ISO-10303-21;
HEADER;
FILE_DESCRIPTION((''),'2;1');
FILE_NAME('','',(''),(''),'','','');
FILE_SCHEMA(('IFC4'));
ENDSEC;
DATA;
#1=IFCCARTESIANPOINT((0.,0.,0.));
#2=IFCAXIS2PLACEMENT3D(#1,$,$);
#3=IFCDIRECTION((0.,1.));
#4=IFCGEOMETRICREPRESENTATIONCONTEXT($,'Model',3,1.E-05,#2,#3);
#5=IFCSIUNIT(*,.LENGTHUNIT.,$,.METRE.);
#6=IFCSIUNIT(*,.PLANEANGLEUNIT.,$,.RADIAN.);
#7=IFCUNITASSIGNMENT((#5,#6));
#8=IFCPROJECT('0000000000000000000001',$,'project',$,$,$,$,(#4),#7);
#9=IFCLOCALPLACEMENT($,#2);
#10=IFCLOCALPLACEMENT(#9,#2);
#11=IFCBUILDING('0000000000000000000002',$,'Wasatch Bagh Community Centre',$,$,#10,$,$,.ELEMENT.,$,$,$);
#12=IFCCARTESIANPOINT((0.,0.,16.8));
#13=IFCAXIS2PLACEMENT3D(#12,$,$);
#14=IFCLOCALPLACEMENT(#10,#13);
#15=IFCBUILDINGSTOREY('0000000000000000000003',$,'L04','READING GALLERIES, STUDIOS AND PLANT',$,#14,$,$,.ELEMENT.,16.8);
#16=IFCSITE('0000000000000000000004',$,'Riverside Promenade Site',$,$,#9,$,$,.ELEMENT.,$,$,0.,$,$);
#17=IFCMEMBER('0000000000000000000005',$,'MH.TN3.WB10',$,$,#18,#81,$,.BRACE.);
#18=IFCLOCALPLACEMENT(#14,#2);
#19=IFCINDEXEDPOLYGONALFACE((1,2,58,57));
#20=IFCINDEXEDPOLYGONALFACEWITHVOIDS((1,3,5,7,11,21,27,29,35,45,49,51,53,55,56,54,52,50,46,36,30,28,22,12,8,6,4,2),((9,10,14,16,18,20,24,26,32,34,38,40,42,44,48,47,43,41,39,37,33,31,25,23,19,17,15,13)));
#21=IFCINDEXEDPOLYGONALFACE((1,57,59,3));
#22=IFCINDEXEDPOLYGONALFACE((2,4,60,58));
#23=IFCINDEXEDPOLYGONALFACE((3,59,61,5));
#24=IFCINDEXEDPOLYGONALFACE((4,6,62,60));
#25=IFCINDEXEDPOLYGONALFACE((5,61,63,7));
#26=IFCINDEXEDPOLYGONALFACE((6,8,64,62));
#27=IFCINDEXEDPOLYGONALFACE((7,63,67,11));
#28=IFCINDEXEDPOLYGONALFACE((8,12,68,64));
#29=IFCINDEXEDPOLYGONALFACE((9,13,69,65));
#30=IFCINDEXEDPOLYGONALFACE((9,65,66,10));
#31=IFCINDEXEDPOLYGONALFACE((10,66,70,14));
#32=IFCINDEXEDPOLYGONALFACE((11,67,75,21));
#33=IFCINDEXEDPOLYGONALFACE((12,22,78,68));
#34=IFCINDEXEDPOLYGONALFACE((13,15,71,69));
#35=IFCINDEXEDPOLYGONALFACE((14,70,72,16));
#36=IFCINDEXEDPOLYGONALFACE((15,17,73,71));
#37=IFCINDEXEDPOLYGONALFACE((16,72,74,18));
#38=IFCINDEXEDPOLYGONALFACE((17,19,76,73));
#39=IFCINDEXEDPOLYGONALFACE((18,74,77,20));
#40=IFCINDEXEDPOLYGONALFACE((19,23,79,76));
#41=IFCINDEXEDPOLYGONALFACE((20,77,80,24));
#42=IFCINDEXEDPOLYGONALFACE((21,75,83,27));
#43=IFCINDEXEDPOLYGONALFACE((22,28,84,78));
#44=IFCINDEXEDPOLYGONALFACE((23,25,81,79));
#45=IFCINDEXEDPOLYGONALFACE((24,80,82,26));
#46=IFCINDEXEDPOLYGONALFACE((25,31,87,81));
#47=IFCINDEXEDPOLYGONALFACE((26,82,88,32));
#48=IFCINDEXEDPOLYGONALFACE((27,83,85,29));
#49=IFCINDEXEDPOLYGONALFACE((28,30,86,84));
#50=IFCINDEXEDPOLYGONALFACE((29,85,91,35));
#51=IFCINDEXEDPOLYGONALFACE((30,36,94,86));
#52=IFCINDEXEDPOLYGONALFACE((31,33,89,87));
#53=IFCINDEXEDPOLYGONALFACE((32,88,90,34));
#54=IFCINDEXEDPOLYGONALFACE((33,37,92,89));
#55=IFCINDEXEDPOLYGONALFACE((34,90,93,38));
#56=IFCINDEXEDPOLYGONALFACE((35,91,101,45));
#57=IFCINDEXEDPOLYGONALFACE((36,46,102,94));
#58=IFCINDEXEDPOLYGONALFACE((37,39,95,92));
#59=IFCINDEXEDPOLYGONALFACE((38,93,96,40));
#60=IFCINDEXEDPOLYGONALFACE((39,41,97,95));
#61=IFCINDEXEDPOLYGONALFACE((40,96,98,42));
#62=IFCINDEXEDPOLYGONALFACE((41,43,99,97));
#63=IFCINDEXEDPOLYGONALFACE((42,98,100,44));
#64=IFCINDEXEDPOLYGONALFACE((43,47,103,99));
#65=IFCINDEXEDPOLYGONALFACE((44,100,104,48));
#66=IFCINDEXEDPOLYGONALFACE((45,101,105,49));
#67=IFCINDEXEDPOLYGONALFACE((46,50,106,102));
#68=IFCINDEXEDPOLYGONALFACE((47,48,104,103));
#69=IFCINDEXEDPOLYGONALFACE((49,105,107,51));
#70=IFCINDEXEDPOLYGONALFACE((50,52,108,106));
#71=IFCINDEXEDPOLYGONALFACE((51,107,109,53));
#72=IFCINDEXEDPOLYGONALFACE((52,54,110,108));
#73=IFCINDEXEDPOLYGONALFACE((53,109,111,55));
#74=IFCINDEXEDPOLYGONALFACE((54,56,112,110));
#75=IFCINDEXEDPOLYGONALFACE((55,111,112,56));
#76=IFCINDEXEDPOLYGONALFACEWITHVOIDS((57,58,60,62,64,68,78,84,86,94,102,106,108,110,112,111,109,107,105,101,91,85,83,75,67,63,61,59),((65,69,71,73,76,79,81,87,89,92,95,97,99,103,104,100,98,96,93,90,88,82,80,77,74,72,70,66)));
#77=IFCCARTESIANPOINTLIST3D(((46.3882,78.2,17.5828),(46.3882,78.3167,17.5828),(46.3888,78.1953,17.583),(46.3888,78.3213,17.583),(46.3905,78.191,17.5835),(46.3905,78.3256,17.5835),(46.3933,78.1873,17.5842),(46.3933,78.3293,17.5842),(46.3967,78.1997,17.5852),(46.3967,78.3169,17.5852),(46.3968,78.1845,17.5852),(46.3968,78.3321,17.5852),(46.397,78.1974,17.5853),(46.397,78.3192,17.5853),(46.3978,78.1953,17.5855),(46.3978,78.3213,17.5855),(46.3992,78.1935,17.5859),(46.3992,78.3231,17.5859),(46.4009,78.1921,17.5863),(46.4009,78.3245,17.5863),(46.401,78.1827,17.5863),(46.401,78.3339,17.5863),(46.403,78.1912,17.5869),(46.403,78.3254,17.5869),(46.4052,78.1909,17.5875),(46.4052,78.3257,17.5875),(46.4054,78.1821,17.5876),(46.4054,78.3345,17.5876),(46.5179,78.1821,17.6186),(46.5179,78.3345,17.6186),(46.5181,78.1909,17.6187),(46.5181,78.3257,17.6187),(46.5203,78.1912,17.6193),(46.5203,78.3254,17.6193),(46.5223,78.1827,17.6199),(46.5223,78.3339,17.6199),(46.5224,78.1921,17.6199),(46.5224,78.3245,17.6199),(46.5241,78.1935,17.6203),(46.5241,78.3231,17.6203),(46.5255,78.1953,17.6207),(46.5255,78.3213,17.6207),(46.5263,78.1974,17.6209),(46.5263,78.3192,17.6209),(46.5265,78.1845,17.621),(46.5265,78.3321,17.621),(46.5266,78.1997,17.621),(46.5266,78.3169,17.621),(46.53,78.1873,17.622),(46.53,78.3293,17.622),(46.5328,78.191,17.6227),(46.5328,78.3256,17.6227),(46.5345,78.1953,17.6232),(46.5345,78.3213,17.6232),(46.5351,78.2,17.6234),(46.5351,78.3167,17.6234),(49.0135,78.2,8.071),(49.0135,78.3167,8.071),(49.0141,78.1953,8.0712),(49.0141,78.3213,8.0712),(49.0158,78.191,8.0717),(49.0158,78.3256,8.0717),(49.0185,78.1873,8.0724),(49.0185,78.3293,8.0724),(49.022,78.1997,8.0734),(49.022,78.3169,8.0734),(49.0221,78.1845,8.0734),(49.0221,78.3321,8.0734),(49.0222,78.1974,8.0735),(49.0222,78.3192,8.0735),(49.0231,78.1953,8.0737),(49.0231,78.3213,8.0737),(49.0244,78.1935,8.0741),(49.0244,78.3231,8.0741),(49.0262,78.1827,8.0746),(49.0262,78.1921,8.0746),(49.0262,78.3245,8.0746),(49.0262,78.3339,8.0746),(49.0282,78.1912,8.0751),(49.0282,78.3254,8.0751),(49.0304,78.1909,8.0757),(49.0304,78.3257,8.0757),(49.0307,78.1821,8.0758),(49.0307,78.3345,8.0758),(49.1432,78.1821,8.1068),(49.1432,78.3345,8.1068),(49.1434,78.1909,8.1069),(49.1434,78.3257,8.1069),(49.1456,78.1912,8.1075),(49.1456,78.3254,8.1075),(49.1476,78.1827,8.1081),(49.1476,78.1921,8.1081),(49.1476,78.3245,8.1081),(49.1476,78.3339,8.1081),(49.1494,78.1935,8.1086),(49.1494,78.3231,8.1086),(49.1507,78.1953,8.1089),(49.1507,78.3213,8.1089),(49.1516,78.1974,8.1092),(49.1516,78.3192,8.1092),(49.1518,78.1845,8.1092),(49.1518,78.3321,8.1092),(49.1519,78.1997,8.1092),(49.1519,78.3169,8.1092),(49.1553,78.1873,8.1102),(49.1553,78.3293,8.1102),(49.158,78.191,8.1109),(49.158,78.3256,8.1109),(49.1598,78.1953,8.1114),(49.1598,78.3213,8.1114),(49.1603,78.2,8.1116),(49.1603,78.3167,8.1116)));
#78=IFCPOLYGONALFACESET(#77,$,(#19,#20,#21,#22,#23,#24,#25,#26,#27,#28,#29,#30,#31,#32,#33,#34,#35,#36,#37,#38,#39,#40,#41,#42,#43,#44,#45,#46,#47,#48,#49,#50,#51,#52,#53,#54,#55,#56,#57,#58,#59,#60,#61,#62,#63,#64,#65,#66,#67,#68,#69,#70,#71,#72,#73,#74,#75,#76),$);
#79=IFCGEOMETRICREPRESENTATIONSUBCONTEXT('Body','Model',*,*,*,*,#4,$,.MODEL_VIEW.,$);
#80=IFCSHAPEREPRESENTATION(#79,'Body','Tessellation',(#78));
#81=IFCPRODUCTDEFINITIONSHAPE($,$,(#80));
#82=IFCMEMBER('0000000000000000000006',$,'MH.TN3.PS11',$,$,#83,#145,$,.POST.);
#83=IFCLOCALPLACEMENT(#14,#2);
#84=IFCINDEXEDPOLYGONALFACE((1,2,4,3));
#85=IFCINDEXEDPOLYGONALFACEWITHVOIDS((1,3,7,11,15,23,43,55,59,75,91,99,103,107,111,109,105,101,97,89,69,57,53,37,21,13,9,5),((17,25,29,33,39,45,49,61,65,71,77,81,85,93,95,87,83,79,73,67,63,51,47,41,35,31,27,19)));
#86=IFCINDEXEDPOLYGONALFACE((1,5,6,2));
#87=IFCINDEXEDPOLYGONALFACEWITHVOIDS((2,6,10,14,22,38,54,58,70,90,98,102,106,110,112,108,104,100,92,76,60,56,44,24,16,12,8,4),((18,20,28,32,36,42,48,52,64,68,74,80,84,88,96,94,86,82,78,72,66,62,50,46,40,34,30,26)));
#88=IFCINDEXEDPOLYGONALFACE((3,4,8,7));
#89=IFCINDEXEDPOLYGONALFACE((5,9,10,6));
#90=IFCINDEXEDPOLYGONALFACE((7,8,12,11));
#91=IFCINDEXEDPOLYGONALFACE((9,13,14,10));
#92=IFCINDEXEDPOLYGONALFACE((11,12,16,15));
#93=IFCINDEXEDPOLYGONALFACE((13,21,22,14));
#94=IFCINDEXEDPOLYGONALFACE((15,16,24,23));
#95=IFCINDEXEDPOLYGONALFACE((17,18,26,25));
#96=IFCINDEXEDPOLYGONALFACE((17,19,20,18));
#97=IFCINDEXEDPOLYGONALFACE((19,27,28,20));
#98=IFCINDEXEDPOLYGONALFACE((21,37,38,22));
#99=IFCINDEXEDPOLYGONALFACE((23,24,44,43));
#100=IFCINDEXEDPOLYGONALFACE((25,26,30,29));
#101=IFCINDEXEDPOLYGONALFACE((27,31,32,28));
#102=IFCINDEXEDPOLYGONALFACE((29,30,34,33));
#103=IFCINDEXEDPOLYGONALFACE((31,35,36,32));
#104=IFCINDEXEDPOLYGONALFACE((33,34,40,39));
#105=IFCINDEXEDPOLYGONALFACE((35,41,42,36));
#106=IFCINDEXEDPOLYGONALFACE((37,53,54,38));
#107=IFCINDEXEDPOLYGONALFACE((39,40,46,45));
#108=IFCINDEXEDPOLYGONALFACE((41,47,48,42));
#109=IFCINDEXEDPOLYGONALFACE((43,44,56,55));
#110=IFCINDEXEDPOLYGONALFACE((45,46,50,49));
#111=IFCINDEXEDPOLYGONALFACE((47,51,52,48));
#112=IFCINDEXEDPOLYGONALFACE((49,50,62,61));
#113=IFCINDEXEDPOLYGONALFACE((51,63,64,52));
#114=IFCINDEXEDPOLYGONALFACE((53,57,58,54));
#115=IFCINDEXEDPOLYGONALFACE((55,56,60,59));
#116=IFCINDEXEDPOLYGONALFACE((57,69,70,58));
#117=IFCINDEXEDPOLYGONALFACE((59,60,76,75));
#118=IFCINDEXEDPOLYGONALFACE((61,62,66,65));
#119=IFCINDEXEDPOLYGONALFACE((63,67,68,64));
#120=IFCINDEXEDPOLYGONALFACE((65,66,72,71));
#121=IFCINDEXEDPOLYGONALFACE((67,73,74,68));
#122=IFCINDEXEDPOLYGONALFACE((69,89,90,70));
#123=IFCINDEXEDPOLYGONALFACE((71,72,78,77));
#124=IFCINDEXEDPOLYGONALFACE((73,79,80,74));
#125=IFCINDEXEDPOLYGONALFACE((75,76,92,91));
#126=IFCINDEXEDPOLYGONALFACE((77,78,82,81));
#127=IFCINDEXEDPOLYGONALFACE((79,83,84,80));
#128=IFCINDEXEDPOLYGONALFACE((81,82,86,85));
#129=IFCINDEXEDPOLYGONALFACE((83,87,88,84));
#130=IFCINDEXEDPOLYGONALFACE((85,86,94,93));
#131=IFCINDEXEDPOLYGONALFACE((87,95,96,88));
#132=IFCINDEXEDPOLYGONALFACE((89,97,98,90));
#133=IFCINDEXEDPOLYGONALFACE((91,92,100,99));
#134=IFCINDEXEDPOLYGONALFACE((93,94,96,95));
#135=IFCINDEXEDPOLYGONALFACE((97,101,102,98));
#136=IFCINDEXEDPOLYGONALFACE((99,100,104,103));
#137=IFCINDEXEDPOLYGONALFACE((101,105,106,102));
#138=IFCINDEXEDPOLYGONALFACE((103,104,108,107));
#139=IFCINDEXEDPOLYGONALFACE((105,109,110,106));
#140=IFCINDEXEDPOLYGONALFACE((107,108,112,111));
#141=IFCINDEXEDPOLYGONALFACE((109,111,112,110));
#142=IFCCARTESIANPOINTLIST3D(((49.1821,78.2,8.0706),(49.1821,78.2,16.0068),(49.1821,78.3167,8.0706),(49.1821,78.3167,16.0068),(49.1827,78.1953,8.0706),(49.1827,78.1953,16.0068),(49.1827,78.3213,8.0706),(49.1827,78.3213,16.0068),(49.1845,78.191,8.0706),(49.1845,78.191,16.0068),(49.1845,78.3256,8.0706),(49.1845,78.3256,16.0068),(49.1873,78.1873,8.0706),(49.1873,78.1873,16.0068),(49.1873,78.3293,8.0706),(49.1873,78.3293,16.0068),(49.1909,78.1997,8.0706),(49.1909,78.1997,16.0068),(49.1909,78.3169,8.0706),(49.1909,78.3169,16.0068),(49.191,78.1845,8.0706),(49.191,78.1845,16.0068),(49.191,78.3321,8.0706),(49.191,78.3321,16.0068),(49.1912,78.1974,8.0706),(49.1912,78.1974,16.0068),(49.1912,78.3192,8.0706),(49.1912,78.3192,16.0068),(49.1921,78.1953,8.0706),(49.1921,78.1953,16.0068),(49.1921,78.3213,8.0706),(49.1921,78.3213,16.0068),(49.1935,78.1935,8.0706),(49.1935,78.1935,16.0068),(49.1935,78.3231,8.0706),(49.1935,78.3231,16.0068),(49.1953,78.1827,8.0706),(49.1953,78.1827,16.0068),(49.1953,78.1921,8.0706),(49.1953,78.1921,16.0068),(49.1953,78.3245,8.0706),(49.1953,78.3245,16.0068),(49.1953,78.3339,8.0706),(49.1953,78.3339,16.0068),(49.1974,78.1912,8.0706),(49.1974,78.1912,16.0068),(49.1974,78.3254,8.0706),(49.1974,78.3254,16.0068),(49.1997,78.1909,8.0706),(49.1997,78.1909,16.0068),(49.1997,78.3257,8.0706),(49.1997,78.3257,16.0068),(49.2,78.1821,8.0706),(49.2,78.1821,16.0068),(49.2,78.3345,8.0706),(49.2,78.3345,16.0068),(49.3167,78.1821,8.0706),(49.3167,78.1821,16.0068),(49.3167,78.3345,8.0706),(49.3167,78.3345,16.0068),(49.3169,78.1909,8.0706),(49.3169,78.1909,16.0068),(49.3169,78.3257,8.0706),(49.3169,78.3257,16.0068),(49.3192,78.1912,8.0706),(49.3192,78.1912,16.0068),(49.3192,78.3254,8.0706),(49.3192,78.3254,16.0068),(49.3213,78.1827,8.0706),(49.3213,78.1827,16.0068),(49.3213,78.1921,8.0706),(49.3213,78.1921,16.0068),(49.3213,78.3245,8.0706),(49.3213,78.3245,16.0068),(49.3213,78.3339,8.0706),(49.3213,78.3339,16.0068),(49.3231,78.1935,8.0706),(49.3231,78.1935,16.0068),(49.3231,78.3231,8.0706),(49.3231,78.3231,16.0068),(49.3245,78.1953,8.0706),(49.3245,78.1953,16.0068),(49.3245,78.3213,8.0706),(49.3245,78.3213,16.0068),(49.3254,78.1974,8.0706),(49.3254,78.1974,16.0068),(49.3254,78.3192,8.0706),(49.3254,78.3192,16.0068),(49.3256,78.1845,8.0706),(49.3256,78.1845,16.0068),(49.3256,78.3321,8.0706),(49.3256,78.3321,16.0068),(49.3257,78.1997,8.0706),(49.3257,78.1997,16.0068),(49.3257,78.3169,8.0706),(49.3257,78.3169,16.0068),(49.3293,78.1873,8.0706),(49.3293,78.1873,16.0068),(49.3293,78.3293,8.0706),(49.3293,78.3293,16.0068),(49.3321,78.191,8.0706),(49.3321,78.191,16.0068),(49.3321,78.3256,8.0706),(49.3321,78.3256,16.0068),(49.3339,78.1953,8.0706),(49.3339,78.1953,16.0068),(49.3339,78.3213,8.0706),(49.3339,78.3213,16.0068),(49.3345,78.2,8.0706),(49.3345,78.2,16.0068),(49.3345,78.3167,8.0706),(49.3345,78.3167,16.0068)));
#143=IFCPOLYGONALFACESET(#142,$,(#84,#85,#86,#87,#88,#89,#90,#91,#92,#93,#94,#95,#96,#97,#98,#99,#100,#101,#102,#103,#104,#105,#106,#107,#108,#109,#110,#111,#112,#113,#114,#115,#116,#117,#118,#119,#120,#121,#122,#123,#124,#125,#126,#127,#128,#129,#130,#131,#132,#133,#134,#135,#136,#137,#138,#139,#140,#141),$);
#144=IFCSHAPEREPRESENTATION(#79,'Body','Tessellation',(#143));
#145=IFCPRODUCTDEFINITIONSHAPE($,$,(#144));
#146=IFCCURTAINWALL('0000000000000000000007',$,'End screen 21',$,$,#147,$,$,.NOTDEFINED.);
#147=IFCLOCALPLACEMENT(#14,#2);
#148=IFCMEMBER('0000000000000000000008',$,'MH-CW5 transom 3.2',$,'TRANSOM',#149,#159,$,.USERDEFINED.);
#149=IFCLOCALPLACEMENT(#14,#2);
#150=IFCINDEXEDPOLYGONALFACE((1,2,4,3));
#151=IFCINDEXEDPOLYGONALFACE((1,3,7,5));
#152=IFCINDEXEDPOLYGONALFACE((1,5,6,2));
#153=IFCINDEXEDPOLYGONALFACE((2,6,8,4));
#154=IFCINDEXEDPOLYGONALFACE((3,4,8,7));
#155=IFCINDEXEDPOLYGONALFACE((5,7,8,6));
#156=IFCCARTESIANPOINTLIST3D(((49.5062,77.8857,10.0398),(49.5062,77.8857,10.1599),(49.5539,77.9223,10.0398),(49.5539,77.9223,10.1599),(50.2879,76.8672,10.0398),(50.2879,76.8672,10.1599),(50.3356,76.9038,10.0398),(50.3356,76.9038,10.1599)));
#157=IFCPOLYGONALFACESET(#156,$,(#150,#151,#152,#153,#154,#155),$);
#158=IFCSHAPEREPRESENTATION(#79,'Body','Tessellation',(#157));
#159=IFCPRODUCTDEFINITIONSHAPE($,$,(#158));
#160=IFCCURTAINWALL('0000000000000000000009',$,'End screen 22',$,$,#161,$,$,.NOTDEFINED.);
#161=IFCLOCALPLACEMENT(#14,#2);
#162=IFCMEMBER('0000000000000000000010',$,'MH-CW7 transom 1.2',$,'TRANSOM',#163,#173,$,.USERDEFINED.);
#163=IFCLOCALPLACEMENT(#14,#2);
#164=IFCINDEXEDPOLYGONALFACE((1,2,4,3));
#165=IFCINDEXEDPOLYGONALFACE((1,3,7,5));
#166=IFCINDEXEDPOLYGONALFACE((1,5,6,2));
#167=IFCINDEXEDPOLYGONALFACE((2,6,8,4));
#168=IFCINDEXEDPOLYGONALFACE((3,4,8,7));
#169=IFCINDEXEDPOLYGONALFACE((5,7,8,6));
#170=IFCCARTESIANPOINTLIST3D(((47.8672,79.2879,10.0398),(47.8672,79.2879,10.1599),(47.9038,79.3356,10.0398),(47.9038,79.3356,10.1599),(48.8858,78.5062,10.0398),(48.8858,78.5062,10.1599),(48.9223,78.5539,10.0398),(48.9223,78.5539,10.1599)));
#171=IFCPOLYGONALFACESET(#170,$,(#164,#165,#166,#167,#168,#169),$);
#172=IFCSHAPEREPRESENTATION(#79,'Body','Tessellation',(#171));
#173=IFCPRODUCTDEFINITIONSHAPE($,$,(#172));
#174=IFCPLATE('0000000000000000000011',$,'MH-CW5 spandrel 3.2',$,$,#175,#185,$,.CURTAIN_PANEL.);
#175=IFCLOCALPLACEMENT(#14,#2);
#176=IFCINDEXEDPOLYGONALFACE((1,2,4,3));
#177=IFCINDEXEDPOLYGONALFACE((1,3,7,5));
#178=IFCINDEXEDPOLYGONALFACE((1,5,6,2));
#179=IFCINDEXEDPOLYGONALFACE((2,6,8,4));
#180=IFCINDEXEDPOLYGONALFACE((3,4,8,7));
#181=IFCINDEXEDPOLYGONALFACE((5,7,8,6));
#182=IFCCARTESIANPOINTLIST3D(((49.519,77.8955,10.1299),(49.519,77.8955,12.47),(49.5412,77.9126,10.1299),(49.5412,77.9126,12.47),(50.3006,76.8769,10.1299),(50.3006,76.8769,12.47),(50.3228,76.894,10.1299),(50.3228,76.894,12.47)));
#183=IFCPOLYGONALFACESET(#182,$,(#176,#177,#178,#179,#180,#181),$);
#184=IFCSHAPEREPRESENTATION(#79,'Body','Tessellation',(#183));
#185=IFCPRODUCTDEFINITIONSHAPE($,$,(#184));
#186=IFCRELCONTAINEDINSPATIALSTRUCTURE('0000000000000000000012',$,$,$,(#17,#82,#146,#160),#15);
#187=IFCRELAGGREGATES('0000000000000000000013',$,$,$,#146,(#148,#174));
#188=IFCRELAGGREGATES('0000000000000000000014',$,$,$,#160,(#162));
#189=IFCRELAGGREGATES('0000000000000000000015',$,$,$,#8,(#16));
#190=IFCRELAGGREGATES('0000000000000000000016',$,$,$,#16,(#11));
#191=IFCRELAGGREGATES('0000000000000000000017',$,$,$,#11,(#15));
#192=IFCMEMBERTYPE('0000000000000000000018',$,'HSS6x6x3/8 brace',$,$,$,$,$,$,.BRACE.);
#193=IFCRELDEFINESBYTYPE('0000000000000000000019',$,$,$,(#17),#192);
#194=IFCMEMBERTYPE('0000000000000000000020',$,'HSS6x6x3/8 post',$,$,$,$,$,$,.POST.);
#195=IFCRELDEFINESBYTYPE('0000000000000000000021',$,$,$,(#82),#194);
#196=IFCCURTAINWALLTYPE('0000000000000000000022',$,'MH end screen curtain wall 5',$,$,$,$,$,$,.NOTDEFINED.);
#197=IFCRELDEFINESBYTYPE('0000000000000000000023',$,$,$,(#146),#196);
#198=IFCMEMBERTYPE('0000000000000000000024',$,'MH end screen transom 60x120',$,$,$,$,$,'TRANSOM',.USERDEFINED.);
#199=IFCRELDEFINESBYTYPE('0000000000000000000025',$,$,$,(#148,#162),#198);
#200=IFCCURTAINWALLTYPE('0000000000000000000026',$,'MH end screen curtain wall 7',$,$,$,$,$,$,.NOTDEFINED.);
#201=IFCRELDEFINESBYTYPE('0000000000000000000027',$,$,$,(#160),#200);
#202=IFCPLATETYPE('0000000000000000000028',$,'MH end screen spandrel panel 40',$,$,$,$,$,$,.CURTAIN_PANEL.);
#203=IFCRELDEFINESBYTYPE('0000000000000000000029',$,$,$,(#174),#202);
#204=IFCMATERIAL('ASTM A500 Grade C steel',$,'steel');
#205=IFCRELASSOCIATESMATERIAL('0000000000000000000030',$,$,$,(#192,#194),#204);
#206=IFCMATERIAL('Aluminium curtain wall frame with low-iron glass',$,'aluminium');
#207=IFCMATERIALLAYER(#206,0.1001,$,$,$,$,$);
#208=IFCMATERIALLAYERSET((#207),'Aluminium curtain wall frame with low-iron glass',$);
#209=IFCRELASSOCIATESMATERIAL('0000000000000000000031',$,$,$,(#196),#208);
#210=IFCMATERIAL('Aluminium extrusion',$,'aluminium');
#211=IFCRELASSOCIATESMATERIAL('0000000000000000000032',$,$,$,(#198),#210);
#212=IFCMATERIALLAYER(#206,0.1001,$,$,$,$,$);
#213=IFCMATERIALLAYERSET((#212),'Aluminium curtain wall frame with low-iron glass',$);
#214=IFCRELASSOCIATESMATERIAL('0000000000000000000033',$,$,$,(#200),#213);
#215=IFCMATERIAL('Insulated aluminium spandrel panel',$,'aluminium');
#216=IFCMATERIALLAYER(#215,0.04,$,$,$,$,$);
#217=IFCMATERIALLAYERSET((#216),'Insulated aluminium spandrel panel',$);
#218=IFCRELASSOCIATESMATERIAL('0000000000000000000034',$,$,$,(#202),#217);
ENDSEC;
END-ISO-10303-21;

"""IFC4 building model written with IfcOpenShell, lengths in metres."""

from ifc_helpers import new_model, si_unit, direction, frame, origin, origin_2d, place, context, subcontext, project, spatial, rectangle, hollow_rectangle, extrude, material, layer, layer_set, material_profile, profile_set, type_object, element, aggregate, save


model = new_model("IFC4")

# Units and contexts
model_context = context("Model", 3, precision=1e-05, world=origin(), true_north=direction((0.0, 1.0)))
body_context = subcontext(model_context, "Body", "Model", "MODEL_VIEW")
ifc_project = project(units=[si_unit("LENGTHUNIT", "METRE"), si_unit("PLANEANGLEUNIT", "RADIAN")], contexts=[model_context])

# Site, building, storey
site_placement = place(None, origin())
site = spatial("IfcSite", under=ifc_project, at=site_placement, Name="Riverside Promenade Site", CompositionType="ELEMENT", RefElevation=0.0)
building_placement = place(site_placement, origin())
building = spatial("IfcBuilding", under=site, at=building_placement, Name="Wasatch Bagh Community Centre", CompositionType="ELEMENT")
storey_placement = place(building_placement, frame((0.0, 0.0, 16.8)))
storey = spatial("IfcBuildingStorey", under=building, at=storey_placement, Name="L04", Description="READING GALLERIES, STUDIOS AND PLANT", CompositionType="ELEMENT", Elevation=16.8)

# Members
ifc_material_1 = material(Name="ASTM A500 Grade C steel", Category="steel")
ifc_material_profile_1 = material_profile(ifc_material_1, hollow_rectangle(XDim=0.1523, YDim=0.1523, WallThickness=0.0088, InnerFilletRadius=0.0088, OuterFilletRadius=0.0178, at=origin_2d()), Name="HSS6x6x3/8")
ifc_profile_set_1 = profile_set([ifc_material_profile_1], Name="ASTM A500 Grade C steel")
member_type_1 = type_object("IfcMemberType", Name="HSS6x6x3/8 brace", PredefinedType="BRACE", material=ifc_profile_set_1)
member_1_placement = place(storey_placement, frame((49.0869, 78.2583, 8.0913), z_axis=(-0.266053, 0.0, 0.963958), x_axis=(0.0, -1.0, 0.0)))
element("IfcMember", 1, at=member_1_placement, inside=storey, type_object=member_type_1, Name="MH.TN3.WB10", PredefinedType="BRACE", context=body_context, shape_type="SweptSolid", body=[
    extrude(hollow_rectangle(XDim=0.1523, YDim=0.1523, WallThickness=0.0088, InnerFilletRadius=0.0088, OuterFilletRadius=0.0178, at=origin_2d()), origin(), (0.0, 0.0, 1.0), 9.8674),
])
ifc_material_profile_2 = material_profile(ifc_material_1, hollow_rectangle(XDim=0.1523, YDim=0.1523, WallThickness=0.0088, InnerFilletRadius=0.0088, OuterFilletRadius=0.0178, at=origin_2d()), Name="HSS6x6x3/8")
ifc_profile_set_2 = profile_set([ifc_material_profile_2], Name="ASTM A500 Grade C steel")
member_type_2 = type_object("IfcMemberType", Name="HSS6x6x3/8 post", PredefinedType="POST", material=ifc_profile_set_2)
member_2_placement = place(storey_placement, frame((49.2583, 78.2583, 8.0706), z_axis=(0.0, 0.0, 1.0), x_axis=(1.0, 0.0, 0.0)))
element("IfcMember", 2, at=member_2_placement, inside=storey, type_object=member_type_2, Name="MH.TN3.PS11", PredefinedType="POST", context=body_context, shape_type="SweptSolid", body=[
    extrude(hollow_rectangle(XDim=0.1523, YDim=0.1523, WallThickness=0.0088, InnerFilletRadius=0.0088, OuterFilletRadius=0.0178, at=origin_2d()), origin(), (0.0, 0.0, 1.0), 7.9363),
])

# Curtain walls, members
ifc_material_2 = material(Name="Aluminium curtain wall frame with low-iron glass", Category="aluminium")
ifc_layer_1 = layer(ifc_material_2, 0.1001)
ifc_layer_set_1 = layer_set([ifc_layer_1], Name="Aluminium curtain wall frame with low-iron glass")
curtain_wall_type_1 = type_object("IfcCurtainWallType", Name="MH end screen curtain wall 5", PredefinedType="NOTDEFINED", material=ifc_layer_set_1)
curtain_wall_1_placement = place(storey_placement, origin())
curtain_wall_1 = element("IfcCurtainWall", 3, at=curtain_wall_1_placement, inside=storey, type_object=curtain_wall_type_1, Name="End screen 21", PredefinedType="NOTDEFINED")
ifc_material_3 = material(Name="Aluminium extrusion", Category="aluminium")
ifc_material_profile_3 = material_profile(ifc_material_3, rectangle(XDim=0.0601, YDim=0.1201, at=origin_2d()), Name="AL 60x120")
ifc_profile_set_3 = profile_set([ifc_material_profile_3], Name="Aluminium extrusion")
member_type_3 = type_object("IfcMemberType", Name="MH end screen transom 60x120", ElementType="TRANSOM", PredefinedType="USERDEFINED", material=ifc_profile_set_3)
member_3_placement = place(storey_placement, frame((50.3118, 76.8855, 10.0999), z_axis=(-0.608847, 0.793288, 0.0), x_axis=(-0.793288, -0.608847, 0.0)))
member_3 = element("IfcMember", 4, at=member_3_placement, type_object=member_type_3, Name="MH-CW5 transom 3.2", ObjectType="TRANSOM", PredefinedType="USERDEFINED", context=body_context, shape_type="SweptSolid", body=[
    extrude(rectangle(XDim=0.0601, YDim=0.1201, at=origin_2d()), origin(), (0.0, 0.0, 1.0), 1.2839),
])
ifc_layer_2 = layer(ifc_material_2, 0.1001)
ifc_layer_set_2 = layer_set([ifc_layer_2], Name="Aluminium curtain wall frame with low-iron glass")
curtain_wall_type_2 = type_object("IfcCurtainWallType", Name="MH end screen curtain wall 7", PredefinedType="NOTDEFINED", material=ifc_layer_set_2)
curtain_wall_2_placement = place(storey_placement, origin())
curtain_wall_2 = element("IfcCurtainWall", 5, at=curtain_wall_2_placement, inside=storey, type_object=curtain_wall_type_2, Name="End screen 22", PredefinedType="NOTDEFINED")
member_4_placement = place(storey_placement, frame((48.9041, 78.53, 10.0999), z_axis=(-0.793288, 0.608847, 0.0), x_axis=(-0.608847, -0.793288, 0.0)))
member_4 = element("IfcMember", 6, at=member_4_placement, type_object=member_type_3, Name="MH-CW7 transom 1.2", ObjectType="TRANSOM", PredefinedType="USERDEFINED", context=body_context, shape_type="SweptSolid", body=[
    extrude(rectangle(XDim=0.0601, YDim=0.1201, at=origin_2d()), origin(), (0.0, 0.0, 1.0), 1.2839),
])

# Plate
ifc_material_4 = material(Name="Insulated aluminium spandrel panel", Category="aluminium")
ifc_layer_3 = layer(ifc_material_4, 0.04)
ifc_layer_set_3 = layer_set([ifc_layer_3], Name="Insulated aluminium spandrel panel")
plate_type = type_object("IfcPlateType", Name="MH end screen spandrel panel 40", PredefinedType="CURTAIN_PANEL", material=ifc_layer_set_3)
plate_1_placement = place(storey_placement, frame((49.9209, 77.3948, 10.1299), z_axis=(0.0, 0.0, 1.0), x_axis=(-0.608761, 0.793353, 0.0)))
plate_1 = element("IfcPlate", 7, at=plate_1_placement, type_object=plate_type, Name="MH-CW5 spandrel 3.2", PredefinedType="CURTAIN_PANEL", context=body_context, shape_type="SweptSolid", body=[
    extrude(rectangle(XDim=1.2839, YDim=0.0281, at=origin_2d()), origin(), (0.0, 0.0, 1.0), 2.3401),
])
aggregate(curtain_wall_1, [member_3, plate_1])
aggregate(curtain_wall_2, [member_4])

save(model, "model.ifc")
